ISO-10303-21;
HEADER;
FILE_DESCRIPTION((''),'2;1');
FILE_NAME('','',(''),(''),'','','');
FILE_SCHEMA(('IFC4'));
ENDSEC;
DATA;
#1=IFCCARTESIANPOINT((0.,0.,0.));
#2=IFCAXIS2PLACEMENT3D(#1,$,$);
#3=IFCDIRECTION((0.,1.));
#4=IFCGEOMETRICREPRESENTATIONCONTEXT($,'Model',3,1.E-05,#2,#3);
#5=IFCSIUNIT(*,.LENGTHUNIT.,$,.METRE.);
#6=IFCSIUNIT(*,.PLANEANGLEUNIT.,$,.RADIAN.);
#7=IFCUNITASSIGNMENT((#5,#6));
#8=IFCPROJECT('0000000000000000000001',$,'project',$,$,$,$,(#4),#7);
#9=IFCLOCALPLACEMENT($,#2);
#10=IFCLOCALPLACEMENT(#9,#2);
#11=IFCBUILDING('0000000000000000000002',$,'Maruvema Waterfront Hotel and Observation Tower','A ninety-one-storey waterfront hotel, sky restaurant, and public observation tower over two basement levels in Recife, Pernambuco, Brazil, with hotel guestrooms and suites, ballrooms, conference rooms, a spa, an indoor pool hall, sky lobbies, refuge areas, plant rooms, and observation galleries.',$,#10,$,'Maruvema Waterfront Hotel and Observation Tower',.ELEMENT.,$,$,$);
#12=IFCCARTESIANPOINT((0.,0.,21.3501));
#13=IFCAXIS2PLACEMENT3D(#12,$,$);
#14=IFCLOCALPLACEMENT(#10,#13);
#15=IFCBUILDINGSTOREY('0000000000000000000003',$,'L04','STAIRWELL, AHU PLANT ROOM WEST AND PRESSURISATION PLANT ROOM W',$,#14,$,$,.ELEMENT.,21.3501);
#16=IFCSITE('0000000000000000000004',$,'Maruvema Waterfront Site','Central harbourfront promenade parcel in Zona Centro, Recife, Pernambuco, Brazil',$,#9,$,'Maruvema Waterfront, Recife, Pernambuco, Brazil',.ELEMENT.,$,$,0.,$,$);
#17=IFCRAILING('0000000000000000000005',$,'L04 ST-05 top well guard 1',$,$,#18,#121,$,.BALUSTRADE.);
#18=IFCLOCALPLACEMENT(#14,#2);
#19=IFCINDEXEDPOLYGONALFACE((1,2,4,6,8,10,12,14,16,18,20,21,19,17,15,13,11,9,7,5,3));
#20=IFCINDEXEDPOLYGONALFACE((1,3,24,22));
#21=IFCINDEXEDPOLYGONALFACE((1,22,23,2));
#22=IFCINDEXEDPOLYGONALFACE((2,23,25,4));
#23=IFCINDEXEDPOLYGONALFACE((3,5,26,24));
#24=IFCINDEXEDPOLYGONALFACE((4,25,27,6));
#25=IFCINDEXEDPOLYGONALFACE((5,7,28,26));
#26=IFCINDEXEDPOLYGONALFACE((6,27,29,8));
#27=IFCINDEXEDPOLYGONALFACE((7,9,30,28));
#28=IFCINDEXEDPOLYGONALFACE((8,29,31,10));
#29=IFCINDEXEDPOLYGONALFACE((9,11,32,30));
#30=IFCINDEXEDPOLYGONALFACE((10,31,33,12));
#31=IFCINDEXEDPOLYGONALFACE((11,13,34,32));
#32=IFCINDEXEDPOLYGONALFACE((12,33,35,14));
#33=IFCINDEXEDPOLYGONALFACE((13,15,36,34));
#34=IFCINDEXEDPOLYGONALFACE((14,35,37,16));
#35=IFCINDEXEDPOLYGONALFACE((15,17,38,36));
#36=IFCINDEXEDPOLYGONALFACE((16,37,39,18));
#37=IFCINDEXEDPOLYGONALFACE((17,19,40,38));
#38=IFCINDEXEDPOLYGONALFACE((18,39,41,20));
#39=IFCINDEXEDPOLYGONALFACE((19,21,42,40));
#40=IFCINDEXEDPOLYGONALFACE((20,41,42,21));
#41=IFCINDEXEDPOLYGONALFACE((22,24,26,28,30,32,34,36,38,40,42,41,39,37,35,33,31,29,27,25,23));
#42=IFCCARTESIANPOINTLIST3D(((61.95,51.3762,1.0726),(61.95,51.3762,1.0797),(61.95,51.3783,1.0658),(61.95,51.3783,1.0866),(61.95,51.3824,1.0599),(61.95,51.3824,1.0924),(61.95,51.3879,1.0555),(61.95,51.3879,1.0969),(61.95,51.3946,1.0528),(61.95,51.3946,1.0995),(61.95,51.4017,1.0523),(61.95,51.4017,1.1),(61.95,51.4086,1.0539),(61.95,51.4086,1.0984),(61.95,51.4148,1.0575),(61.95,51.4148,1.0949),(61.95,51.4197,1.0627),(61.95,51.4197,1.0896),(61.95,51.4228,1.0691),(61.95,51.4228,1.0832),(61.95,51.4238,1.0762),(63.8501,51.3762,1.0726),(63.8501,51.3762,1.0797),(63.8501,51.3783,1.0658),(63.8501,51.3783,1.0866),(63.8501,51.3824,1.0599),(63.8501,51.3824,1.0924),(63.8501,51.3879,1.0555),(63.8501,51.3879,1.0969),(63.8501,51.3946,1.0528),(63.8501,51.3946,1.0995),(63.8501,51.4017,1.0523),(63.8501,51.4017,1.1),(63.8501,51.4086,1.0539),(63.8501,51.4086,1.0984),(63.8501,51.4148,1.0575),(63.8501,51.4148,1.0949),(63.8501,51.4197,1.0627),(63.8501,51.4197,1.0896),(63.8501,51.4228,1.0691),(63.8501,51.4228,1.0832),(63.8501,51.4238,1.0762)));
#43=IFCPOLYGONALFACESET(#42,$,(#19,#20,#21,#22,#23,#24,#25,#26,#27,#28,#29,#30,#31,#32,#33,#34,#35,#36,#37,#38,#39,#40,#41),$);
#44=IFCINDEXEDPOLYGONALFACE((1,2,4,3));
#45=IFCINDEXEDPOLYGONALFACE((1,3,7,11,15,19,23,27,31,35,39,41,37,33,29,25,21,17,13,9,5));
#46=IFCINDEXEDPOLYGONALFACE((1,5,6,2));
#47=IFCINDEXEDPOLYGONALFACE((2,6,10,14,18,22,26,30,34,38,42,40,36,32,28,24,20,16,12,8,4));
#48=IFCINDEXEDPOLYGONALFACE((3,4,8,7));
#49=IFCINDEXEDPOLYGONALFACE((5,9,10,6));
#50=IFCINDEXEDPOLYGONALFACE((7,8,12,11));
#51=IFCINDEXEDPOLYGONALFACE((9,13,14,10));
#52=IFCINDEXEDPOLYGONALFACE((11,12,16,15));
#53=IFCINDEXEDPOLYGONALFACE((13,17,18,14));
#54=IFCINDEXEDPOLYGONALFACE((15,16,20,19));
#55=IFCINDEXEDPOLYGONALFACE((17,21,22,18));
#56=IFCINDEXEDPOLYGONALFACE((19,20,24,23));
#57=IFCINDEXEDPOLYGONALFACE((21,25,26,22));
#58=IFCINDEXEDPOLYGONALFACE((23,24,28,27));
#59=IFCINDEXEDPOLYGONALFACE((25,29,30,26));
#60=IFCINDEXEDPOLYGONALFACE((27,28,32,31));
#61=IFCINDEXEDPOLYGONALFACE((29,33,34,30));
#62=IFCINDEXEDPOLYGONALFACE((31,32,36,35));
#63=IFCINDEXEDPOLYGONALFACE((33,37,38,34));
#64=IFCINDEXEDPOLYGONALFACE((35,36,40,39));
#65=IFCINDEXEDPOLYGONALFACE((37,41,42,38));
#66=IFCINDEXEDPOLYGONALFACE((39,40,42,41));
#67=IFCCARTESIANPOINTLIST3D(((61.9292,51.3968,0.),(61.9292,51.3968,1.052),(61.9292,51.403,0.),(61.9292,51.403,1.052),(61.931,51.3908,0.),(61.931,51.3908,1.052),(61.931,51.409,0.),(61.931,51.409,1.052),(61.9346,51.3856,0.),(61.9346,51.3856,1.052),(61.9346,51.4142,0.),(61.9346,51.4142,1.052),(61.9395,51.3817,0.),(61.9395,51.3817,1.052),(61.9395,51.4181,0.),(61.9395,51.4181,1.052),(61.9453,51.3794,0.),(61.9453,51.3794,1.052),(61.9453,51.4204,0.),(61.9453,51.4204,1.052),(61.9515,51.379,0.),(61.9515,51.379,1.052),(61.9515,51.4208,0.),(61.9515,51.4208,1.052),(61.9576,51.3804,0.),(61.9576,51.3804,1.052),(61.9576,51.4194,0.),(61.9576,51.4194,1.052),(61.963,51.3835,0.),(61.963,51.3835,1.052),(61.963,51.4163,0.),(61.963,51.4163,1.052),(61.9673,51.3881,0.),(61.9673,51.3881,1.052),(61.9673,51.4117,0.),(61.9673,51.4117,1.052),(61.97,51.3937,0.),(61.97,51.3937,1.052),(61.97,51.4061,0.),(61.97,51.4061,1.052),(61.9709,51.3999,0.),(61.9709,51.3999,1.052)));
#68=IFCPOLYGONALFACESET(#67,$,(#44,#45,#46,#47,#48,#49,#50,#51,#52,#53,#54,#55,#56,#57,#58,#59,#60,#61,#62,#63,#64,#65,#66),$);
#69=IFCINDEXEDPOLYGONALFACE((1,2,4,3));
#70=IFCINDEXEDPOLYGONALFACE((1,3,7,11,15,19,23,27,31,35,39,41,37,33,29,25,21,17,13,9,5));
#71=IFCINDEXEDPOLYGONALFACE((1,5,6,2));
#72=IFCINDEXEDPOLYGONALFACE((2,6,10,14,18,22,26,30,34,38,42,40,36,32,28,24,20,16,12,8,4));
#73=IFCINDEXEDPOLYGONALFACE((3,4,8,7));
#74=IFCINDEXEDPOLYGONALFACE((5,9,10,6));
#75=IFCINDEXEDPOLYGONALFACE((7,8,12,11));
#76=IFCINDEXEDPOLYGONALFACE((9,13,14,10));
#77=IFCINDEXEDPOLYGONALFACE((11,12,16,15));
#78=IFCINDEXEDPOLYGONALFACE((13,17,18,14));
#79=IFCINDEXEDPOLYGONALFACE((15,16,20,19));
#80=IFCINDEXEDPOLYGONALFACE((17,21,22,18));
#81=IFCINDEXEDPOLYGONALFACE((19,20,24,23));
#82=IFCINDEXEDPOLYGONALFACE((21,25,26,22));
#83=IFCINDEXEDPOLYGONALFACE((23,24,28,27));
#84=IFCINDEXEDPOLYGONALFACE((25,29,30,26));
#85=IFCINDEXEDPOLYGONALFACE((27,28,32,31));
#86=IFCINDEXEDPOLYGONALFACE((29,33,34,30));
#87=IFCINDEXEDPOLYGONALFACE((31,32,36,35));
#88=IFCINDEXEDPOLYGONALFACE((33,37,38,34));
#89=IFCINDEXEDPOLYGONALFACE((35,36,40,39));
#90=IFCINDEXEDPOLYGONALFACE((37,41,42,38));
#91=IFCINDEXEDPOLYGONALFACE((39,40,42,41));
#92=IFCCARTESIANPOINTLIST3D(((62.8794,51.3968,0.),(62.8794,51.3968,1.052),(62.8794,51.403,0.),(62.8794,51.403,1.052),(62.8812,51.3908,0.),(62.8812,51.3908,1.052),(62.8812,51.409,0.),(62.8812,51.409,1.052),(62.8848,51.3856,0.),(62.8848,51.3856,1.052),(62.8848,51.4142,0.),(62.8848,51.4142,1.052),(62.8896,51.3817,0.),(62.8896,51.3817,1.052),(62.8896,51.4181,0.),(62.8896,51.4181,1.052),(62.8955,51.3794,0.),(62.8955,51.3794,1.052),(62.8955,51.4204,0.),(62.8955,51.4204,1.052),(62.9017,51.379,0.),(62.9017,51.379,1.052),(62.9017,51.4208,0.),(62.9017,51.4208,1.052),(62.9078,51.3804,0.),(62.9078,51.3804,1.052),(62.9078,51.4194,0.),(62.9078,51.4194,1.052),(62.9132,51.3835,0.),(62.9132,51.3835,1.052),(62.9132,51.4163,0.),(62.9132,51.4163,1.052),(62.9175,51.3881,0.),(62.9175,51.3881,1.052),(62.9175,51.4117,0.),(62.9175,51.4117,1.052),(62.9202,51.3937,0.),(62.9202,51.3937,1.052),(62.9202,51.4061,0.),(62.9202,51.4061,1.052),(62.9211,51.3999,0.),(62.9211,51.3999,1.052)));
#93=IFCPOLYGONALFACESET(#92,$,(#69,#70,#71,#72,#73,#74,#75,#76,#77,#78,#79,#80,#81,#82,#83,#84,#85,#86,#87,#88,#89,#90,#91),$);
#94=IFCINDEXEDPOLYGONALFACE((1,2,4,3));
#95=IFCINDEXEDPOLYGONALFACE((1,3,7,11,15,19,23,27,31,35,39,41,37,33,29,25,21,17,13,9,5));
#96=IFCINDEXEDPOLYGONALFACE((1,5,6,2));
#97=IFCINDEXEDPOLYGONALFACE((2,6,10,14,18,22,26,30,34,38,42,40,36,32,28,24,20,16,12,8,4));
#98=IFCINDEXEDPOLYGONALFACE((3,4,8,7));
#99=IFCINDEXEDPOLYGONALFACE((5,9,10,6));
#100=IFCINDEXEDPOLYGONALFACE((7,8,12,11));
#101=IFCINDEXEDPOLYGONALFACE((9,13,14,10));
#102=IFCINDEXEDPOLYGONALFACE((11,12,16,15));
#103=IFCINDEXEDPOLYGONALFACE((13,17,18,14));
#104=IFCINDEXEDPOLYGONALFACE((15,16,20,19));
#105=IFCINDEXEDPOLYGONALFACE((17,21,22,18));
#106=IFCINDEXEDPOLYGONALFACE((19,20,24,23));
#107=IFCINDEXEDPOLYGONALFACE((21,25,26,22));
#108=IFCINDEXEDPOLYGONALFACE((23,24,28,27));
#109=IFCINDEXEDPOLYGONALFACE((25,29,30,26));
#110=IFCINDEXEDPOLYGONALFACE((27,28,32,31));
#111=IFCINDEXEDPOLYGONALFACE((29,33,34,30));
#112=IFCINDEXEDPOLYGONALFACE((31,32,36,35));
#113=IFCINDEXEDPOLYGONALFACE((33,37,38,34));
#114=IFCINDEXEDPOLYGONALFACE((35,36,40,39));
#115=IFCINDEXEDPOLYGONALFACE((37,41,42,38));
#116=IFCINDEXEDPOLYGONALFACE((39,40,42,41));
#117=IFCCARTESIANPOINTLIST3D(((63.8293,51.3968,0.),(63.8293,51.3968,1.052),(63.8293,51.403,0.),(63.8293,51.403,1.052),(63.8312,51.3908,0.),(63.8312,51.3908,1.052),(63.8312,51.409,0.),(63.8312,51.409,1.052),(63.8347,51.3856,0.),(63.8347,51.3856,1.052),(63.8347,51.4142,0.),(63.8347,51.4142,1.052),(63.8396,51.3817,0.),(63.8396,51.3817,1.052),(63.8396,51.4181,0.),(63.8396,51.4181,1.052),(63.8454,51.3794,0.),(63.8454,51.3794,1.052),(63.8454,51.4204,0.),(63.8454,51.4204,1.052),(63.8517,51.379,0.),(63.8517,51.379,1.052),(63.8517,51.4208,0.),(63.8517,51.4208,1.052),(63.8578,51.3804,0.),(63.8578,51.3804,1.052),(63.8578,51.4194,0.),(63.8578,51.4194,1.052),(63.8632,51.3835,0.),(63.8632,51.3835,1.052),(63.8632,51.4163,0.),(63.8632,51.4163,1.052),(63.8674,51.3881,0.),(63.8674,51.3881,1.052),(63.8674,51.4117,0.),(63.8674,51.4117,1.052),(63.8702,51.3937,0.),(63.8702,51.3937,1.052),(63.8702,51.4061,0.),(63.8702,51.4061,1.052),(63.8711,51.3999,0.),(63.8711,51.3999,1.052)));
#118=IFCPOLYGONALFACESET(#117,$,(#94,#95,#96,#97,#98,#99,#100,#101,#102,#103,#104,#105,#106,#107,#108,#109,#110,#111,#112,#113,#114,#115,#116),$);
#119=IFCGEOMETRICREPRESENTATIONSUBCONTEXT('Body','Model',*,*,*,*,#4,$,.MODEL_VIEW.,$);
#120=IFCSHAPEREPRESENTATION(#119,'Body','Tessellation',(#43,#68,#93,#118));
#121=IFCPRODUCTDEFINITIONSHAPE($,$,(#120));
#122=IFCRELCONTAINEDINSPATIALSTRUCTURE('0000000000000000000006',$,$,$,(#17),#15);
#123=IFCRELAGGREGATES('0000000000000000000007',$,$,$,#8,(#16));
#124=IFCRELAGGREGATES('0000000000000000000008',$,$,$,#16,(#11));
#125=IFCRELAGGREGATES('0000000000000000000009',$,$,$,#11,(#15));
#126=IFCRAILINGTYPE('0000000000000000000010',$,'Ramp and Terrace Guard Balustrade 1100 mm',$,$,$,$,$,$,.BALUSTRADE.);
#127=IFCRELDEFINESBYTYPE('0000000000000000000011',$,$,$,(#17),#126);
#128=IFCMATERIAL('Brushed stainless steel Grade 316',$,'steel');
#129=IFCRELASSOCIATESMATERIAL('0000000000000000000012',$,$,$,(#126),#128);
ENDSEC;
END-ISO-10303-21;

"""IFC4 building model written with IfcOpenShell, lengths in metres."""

from ifc_helpers import new_model, si_unit, direction, frame, origin, origin_2d, place, context, subcontext, project, spatial, circle, extrude, material, type_object, element, save


model = new_model("IFC4")

# Units and contexts
model_context = context("Model", 3, precision=1e-05, world=origin(), true_north=direction((0.0, 1.0)))
body_context = subcontext(model_context, "Body", "Model", "MODEL_VIEW")
ifc_project = project(units=[si_unit("LENGTHUNIT", "METRE"), si_unit("PLANEANGLEUNIT", "RADIAN")], contexts=[model_context])

# Site, building, storey
site_placement = place(None, origin())
site = spatial("IfcSite", under=ifc_project, at=site_placement, Name="Maruvema Waterfront Site", Description="Central harbourfront promenade parcel in Zona Centro, Recife, Pernambuco, Brazil", LongName="Maruvema Waterfront, Recife, Pernambuco, Brazil", CompositionType="ELEMENT", RefElevation=0.0)
building_placement = place(site_placement, origin())
building = spatial("IfcBuilding", under=site, at=building_placement, Name="Maruvema Waterfront Hotel and Observation Tower", Description="A ninety-one-storey waterfront hotel, sky restaurant, and public observation tower over two basement levels in Recife, Pernambuco, Brazil, with hotel guestrooms and suites, ballrooms, conference rooms, a spa, an indoor pool hall, sky lobbies, refuge areas, plant rooms, and observation galleries.", LongName="Maruvema Waterfront Hotel and Observation Tower", CompositionType="ELEMENT")
storey_placement = place(building_placement, frame((0.0, 0.0, 21.3501)))
storey = spatial("IfcBuildingStorey", under=building, at=storey_placement, Name="L04", Description="STAIRWELL, AHU PLANT ROOM WEST AND PRESSURISATION PLANT ROOM W", CompositionType="ELEMENT", Elevation=21.3501)

# Railing
ifc_material_1 = material(Name="Brushed stainless steel Grade 316", Category="steel")
railing_type = type_object("IfcRailingType", Name="Ramp and Terrace Guard Balustrade 1100 mm", PredefinedType="BALUSTRADE", material=ifc_material_1)
railing_placement = place(storey_placement, frame((61.95, 51.3999, 0.0)))
element("IfcRailing", 1, at=railing_placement, inside=storey, type_object=railing_type, Name="L04 ST-05 top well guard 1", PredefinedType="BALUSTRADE", context=body_context, shape_type="SweptSolid", body=[
    extrude(circle(Radius=0.0239, at=origin_2d()), frame((0.0, 0.0, 1.0762), z_axis=(1.0, 0.0, 0.0), x_axis=(0.0, 1.0, 0.0)), (0.0, 0.0, 1.0), 1.9001),
    extrude(circle(Radius=0.021, at=origin_2d()), origin(), (0.0, 0.0, 1.0), 1.052),
    extrude(circle(Radius=0.021, at=origin_2d()), frame((0.9502, 0.0, 0.0)), (0.0, 0.0, 1.0), 1.052),
    extrude(circle(Radius=0.021, at=origin_2d()), frame((1.9001, 0.0, 0.0)), (0.0, 0.0, 1.0), 1.052),
])

save(model, "model.ifc")
